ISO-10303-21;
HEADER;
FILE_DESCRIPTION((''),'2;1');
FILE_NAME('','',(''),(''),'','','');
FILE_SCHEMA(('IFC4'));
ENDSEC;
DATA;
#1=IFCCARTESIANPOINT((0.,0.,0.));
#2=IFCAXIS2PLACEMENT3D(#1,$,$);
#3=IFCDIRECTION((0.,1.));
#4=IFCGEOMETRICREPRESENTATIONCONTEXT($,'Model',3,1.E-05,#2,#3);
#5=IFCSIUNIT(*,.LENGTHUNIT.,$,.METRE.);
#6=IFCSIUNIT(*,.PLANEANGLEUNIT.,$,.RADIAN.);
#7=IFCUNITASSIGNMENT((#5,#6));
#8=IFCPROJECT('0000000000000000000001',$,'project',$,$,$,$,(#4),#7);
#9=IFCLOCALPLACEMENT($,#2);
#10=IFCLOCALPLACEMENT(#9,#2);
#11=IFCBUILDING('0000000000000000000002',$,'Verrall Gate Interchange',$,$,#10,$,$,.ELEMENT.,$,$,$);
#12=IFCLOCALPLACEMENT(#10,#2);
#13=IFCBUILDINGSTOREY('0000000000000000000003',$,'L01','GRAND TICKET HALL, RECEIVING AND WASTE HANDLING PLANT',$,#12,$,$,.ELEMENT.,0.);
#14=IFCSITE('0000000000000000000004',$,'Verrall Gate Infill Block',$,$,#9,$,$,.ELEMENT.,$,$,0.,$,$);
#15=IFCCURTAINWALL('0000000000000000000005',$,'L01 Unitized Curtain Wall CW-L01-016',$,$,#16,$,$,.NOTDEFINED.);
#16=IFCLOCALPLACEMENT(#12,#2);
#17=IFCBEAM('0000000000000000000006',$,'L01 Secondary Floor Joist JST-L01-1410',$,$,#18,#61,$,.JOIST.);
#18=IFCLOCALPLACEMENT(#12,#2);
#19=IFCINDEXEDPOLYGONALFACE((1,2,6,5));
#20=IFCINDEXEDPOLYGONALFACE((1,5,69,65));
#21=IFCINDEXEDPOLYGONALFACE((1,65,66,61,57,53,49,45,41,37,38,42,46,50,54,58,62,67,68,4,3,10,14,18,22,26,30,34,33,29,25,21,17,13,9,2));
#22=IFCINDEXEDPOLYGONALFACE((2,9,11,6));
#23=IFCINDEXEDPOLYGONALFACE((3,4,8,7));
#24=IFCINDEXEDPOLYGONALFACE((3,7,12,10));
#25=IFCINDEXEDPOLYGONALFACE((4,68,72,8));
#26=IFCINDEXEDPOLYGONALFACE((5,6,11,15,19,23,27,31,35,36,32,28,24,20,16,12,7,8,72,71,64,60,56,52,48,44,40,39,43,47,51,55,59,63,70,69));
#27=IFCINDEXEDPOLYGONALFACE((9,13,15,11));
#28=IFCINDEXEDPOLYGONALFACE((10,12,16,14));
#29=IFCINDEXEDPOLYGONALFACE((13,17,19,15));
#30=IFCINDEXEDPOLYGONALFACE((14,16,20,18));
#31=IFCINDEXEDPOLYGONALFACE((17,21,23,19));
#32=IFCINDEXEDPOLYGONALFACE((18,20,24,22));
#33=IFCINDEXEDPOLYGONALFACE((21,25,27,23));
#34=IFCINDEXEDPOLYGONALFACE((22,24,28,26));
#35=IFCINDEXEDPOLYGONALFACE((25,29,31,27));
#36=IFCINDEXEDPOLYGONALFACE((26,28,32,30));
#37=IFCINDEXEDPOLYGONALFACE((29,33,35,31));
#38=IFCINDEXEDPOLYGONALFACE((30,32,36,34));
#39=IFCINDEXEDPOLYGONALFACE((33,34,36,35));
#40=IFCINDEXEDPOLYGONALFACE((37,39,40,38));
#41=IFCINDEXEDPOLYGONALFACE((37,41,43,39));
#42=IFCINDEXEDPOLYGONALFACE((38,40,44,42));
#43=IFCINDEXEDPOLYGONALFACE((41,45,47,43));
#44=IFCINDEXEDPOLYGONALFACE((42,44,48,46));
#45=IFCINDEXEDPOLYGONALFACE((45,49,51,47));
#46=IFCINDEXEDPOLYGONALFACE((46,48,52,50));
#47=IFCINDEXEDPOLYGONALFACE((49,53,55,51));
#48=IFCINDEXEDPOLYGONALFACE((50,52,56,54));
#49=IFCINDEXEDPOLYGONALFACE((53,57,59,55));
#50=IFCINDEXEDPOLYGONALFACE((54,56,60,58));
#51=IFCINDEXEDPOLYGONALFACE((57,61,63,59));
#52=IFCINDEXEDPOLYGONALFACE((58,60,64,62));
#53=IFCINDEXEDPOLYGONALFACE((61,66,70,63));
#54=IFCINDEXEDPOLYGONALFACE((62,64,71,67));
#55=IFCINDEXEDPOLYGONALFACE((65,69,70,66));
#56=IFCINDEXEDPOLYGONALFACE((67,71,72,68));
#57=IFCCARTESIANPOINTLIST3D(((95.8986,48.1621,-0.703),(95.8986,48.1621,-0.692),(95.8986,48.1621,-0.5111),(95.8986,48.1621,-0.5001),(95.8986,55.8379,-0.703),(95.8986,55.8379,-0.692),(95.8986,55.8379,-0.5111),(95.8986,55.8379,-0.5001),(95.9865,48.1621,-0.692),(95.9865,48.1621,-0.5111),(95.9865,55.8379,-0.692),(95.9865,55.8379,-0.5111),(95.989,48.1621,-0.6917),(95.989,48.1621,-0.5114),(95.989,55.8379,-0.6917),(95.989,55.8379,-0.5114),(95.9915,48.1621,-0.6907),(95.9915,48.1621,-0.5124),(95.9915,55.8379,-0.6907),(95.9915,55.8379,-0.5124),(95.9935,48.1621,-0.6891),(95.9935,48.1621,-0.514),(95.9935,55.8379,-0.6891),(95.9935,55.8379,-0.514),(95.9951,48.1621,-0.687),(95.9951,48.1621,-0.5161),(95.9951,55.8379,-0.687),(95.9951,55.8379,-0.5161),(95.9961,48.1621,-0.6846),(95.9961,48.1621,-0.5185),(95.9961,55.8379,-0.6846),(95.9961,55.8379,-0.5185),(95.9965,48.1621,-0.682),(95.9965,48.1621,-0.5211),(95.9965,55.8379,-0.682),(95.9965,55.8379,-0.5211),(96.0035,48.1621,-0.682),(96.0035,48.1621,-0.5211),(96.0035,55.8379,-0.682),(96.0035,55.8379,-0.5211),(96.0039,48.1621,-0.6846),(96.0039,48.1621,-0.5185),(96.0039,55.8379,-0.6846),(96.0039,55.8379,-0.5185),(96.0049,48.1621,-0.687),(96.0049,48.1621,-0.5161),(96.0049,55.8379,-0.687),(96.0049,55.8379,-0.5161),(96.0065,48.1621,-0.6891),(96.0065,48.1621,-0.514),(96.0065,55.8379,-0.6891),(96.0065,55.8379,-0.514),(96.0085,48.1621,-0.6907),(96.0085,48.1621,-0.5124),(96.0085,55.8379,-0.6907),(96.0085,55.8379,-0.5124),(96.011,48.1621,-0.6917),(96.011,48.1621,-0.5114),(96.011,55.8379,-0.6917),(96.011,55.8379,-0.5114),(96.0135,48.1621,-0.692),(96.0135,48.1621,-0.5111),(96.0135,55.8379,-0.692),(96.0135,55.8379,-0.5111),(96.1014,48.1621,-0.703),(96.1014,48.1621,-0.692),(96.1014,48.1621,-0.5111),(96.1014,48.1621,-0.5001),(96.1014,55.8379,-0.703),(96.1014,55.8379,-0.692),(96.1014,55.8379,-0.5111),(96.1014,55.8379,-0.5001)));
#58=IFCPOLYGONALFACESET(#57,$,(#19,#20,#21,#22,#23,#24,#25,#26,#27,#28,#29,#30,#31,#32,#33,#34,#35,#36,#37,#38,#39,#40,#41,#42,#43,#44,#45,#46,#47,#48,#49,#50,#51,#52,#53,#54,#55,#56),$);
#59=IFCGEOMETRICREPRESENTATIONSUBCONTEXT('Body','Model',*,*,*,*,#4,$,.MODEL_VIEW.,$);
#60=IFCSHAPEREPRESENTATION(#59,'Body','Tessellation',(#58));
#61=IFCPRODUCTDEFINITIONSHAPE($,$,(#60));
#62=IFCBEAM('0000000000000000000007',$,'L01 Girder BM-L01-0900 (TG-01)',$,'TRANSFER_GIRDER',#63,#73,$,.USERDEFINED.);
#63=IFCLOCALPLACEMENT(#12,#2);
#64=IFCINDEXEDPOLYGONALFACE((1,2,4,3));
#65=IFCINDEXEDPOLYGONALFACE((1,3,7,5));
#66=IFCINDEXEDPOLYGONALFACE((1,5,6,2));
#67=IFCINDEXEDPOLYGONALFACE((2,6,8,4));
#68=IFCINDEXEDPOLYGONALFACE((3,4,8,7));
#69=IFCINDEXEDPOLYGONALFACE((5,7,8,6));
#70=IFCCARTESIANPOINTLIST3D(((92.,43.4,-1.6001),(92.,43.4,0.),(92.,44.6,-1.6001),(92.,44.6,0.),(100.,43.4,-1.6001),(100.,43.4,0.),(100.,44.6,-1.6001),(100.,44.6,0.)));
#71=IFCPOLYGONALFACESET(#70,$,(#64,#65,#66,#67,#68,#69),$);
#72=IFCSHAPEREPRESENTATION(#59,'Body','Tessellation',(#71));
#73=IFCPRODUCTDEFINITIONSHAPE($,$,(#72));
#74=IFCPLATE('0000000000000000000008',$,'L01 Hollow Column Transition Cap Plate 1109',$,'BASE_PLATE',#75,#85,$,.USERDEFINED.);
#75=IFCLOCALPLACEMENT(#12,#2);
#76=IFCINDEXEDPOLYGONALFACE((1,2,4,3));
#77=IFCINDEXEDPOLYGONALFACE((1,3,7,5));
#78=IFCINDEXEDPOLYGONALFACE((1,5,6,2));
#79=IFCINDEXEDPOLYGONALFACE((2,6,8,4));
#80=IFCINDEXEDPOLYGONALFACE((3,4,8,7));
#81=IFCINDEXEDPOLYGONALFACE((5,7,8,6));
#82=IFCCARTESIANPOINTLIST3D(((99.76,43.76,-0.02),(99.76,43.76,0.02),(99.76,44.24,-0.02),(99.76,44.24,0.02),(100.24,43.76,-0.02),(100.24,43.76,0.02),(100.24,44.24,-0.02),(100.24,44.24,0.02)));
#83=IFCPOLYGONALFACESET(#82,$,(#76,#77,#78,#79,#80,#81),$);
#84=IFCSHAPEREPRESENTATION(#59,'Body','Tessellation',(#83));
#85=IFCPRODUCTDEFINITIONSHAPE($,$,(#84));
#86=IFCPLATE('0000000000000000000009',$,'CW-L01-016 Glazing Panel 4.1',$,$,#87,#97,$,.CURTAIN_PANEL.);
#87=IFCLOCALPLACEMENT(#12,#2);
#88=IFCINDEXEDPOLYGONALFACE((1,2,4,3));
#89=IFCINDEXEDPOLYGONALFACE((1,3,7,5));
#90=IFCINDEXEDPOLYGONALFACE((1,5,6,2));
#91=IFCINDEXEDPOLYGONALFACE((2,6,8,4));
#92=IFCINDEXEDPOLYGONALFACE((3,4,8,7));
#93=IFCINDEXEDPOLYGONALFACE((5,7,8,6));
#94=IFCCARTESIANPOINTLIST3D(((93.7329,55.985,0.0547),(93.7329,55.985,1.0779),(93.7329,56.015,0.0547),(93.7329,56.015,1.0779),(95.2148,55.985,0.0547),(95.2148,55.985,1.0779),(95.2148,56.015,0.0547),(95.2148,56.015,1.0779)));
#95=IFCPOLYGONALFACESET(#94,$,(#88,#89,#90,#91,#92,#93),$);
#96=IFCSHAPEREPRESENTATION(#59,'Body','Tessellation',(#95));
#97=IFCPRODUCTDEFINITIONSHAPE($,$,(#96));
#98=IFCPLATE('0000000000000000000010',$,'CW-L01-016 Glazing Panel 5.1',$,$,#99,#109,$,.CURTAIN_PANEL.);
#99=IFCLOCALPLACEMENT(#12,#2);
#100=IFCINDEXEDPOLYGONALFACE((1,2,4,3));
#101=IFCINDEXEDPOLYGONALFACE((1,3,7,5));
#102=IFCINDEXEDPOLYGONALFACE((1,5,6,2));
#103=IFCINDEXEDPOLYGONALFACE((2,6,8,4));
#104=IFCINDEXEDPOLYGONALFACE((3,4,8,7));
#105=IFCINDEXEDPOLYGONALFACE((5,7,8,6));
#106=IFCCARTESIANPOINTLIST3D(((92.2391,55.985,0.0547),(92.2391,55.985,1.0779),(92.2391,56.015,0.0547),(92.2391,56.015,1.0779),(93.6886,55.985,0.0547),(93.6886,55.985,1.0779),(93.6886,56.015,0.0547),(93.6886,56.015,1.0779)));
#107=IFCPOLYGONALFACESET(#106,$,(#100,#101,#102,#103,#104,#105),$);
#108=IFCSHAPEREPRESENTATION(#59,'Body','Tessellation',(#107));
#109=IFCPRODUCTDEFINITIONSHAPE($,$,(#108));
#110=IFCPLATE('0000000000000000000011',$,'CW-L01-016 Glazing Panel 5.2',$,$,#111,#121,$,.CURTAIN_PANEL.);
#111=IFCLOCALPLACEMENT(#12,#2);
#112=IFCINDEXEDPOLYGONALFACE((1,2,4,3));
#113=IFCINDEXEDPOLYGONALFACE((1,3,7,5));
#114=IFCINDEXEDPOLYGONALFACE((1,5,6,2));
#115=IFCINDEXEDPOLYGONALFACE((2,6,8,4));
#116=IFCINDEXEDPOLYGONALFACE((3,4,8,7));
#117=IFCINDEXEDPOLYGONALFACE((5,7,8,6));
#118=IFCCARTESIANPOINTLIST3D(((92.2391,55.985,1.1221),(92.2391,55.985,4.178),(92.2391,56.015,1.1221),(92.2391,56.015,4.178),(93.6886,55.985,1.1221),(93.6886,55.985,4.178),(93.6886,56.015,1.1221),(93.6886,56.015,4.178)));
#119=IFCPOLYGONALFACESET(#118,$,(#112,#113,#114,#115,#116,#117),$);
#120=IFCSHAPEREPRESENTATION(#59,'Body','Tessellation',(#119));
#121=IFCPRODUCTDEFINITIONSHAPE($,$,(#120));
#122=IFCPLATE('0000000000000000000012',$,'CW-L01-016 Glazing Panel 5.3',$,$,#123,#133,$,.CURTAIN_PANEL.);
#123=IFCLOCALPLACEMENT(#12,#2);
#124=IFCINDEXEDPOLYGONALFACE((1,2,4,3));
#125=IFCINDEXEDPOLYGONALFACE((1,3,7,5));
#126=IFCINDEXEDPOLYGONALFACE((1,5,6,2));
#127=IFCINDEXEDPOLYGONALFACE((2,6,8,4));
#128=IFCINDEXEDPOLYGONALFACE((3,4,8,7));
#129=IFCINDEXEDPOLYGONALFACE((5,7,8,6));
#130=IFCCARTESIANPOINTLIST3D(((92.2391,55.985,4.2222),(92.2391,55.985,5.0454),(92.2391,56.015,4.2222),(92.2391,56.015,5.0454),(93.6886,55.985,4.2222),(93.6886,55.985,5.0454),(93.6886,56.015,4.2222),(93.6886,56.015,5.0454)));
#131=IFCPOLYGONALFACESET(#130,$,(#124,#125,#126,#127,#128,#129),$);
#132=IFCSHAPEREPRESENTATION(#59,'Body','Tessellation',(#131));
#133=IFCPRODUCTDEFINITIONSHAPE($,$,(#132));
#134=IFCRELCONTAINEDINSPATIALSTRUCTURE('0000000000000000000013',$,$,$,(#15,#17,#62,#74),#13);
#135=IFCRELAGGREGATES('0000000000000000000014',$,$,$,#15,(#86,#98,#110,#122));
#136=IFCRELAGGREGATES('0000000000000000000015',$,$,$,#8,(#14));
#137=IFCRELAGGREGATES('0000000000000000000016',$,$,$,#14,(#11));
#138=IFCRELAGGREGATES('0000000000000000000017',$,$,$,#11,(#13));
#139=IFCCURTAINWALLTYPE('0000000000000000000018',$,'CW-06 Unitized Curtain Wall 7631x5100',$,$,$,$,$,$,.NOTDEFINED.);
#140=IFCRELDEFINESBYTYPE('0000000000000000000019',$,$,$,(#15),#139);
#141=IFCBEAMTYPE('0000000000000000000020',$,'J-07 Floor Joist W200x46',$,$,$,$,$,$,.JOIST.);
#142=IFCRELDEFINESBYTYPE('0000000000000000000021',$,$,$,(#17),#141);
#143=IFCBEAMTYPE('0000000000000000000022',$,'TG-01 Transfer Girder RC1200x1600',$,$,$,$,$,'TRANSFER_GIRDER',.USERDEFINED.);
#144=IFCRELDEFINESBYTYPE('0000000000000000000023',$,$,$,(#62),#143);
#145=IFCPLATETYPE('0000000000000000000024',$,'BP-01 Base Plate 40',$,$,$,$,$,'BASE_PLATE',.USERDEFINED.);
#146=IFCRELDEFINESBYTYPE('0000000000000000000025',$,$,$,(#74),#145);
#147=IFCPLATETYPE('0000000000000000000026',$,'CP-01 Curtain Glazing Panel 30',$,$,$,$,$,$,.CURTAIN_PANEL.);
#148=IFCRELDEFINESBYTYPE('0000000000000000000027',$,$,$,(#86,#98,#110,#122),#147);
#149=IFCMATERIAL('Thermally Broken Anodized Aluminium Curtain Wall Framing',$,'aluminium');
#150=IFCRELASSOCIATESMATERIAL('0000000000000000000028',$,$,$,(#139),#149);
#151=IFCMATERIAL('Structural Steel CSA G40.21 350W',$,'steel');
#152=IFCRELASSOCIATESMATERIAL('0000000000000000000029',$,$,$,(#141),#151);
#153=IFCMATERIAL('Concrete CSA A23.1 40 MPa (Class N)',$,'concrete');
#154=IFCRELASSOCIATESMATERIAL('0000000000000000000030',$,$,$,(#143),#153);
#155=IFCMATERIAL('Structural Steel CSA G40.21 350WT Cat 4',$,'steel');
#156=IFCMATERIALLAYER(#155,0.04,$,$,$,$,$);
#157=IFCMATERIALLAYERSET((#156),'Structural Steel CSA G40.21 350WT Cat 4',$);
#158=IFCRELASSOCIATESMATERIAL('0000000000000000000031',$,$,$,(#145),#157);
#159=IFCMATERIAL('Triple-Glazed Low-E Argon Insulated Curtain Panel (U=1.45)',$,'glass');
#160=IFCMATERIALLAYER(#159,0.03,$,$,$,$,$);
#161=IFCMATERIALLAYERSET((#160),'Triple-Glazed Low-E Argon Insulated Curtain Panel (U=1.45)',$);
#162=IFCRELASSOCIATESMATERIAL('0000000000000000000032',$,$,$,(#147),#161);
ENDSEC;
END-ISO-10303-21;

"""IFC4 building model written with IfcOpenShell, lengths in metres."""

from ifc_helpers import new_model, si_unit, direction, frame, origin, origin_2d, place, context, subcontext, project, spatial, rectangle, i_section, extrude, material, layer, layer_set, material_profile, profile_set, type_object, element, aggregate, save


model = new_model("IFC4")

# Units and contexts
model_context = context("Model", 3, precision=1e-05, world=origin(), true_north=direction((0.0, 1.0)))
body_context = subcontext(model_context, "Body", "Model", "MODEL_VIEW")
ifc_project = project(units=[si_unit("LENGTHUNIT", "METRE"), si_unit("PLANEANGLEUNIT", "RADIAN")], contexts=[model_context])

# Site, building, storey
site_placement = place(None, origin())
site = spatial("IfcSite", under=ifc_project, at=site_placement, Name="Verrall Gate Infill Block", CompositionType="ELEMENT", RefElevation=0.0)
building_placement = place(site_placement, origin())
building = spatial("IfcBuilding", under=site, at=building_placement, Name="Verrall Gate Interchange", CompositionType="ELEMENT")
storey_placement = place(building_placement, origin())
storey = spatial("IfcBuildingStorey", under=building, at=storey_placement, Name="L01", Description="GRAND TICKET HALL, RECEIVING AND WASTE HANDLING PLANT", CompositionType="ELEMENT", Elevation=0.0)

# Curtain wall
ifc_material_1 = material(Name="Thermally Broken Anodized Aluminium Curtain Wall Framing", Category="aluminium")
curtain_wall_type = type_object("IfcCurtainWallType", Name="CW-06 Unitized Curtain Wall 7631x5100", PredefinedType="NOTDEFINED", material=ifc_material_1)
curtain_wall_placement = place(storey_placement, origin())
curtain_wall = element("IfcCurtainWall", 1, at=curtain_wall_placement, inside=storey, type_object=curtain_wall_type, Name="L01 Unitized Curtain Wall CW-L01-016", PredefinedType="NOTDEFINED")

# Beams
ifc_material_2 = material(Name="Structural Steel CSA G40.21 350W", Category="steel")
ifc_material_profile_1 = material_profile(ifc_material_2, i_section(OverallWidth=0.2029, OverallDepth=0.2029, WebThickness=0.0071, FlangeThickness=0.011, FilletRadius=0.01, at=origin_2d()), Name="W200x46")
ifc_profile_set_1 = profile_set([ifc_material_profile_1], Name="Structural Steel CSA G40.21 350W")
beam_type_1 = type_object("IfcBeamType", Name="J-07 Floor Joist W200x46", PredefinedType="JOIST", material=ifc_profile_set_1)
beam_1_placement = place(storey_placement, frame((96.0, 48.1621, -0.6016), z_axis=(0.0, 1.0, 0.0), x_axis=(-1.0, 0.0, 0.0)))
element("IfcBeam", 2, at=beam_1_placement, inside=storey, type_object=beam_type_1, Name="L01 Secondary Floor Joist JST-L01-1410", PredefinedType="JOIST", context=body_context, shape_type="SweptSolid", body=[
    extrude(i_section(OverallWidth=0.2029, OverallDepth=0.2029, WebThickness=0.0071, FlangeThickness=0.011, FilletRadius=0.01, at=origin_2d()), origin(), (0.0, 0.0, 1.0), 7.6758),
])
ifc_material_3 = material(Name="Concrete CSA A23.1 40 MPa (Class N)", Category="concrete")
ifc_material_profile_2 = material_profile(ifc_material_3, rectangle(XDim=1.2, YDim=1.6001, at=origin_2d()), Name="RC1200x1600")
ifc_profile_set_2 = profile_set([ifc_material_profile_2], Name="Concrete CSA A23.1 40 MPa (Class N)")
beam_type_2 = type_object("IfcBeamType", Name="TG-01 Transfer Girder RC1200x1600", ElementType="TRANSFER_GIRDER", PredefinedType="USERDEFINED", material=ifc_profile_set_2)
beam_2_placement = place(storey_placement, frame((92.0, 44.0, -0.8), z_axis=(1.0, 0.0, 0.0), x_axis=(0.0, 1.0, 0.0)))
element("IfcBeam", 3, at=beam_2_placement, inside=storey, type_object=beam_type_2, Name="L01 Girder BM-L01-0900 (TG-01)", ObjectType="TRANSFER_GIRDER", PredefinedType="USERDEFINED", context=body_context, shape_type="SweptSolid", body=[
    extrude(rectangle(XDim=1.2, YDim=1.6001, at=origin_2d()), origin(), (0.0, 0.0, 1.0), 8.0),
])

# Plates
ifc_material_4 = material(Name="Structural Steel CSA G40.21 350WT Cat 4", Category="steel")
ifc_layer_1 = layer(ifc_material_4, 0.04)
ifc_layer_set_1 = layer_set([ifc_layer_1], Name="Structural Steel CSA G40.21 350WT Cat 4")
plate_type_1 = type_object("IfcPlateType", Name="BP-01 Base Plate 40", ElementType="BASE_PLATE", PredefinedType="USERDEFINED", material=ifc_layer_set_1)
plate_1_placement = place(storey_placement, frame((100.0, 44.0, -0.02), z_axis=(0.0, 0.0, 1.0), x_axis=(1.0, 0.0, 0.0)))
element("IfcPlate", 4, at=plate_1_placement, inside=storey, type_object=plate_type_1, Name="L01 Hollow Column Transition Cap Plate 1109", ObjectType="BASE_PLATE", PredefinedType="USERDEFINED", context=body_context, shape_type="SweptSolid", body=[
    extrude(rectangle(XDim=0.48, YDim=0.48, at=origin_2d()), origin(), (0.0, 0.0, 1.0), 0.04),
])
ifc_material_5 = material(Name="Triple-Glazed Low-E Argon Insulated Curtain Panel (U=1.45)", Category="glass")
ifc_layer_2 = layer(ifc_material_5, 0.03)
ifc_layer_set_2 = layer_set([ifc_layer_2], Name="Triple-Glazed Low-E Argon Insulated Curtain Panel (U=1.45)")
plate_type_2 = type_object("IfcPlateType", Name="CP-01 Curtain Glazing Panel 30", PredefinedType="CURTAIN_PANEL", material=ifc_layer_set_2)
plate_2_placement = place(storey_placement, frame((94.4739, 56.0, 0.0547), z_axis=(0.0, 0.0, 1.0), x_axis=(-1.0, 0.0, 0.0)))
plate_2 = element("IfcPlate", 5, at=plate_2_placement, type_object=plate_type_2, Name="CW-L01-016 Glazing Panel 4.1", PredefinedType="CURTAIN_PANEL", context=body_context, shape_type="SweptSolid", body=[
    extrude(rectangle(XDim=1.4819, YDim=0.03, at=origin_2d()), origin(), (0.0, 0.0, 1.0), 1.0232),
])
plate_3_placement = place(storey_placement, frame((92.9639, 56.0, 0.0547), z_axis=(0.0, 0.0, 1.0), x_axis=(-1.0, 0.0, 0.0)))
plate_3 = element("IfcPlate", 6, at=plate_3_placement, type_object=plate_type_2, Name="CW-L01-016 Glazing Panel 5.1", PredefinedType="CURTAIN_PANEL", context=body_context, shape_type="SweptSolid", body=[
    extrude(rectangle(XDim=1.4495, YDim=0.03, at=origin_2d()), origin(), (0.0, 0.0, 1.0), 1.0232),
])
plate_4_placement = place(storey_placement, frame((92.9639, 56.0, 1.1221), z_axis=(0.0, 0.0, 1.0), x_axis=(-1.0, 0.0, 0.0)))
plate_4 = element("IfcPlate", 7, at=plate_4_placement, type_object=plate_type_2, Name="CW-L01-016 Glazing Panel 5.2", PredefinedType="CURTAIN_PANEL", context=body_context, shape_type="SweptSolid", body=[
    extrude(rectangle(XDim=1.4495, YDim=0.03, at=origin_2d()), origin(), (0.0, 0.0, 1.0), 3.0559),
])
plate_5_placement = place(storey_placement, frame((92.9639, 56.0, 4.2222), z_axis=(0.0, 0.0, 1.0), x_axis=(-1.0, 0.0, 0.0)))
plate_5 = element("IfcPlate", 8, at=plate_5_placement, type_object=plate_type_2, Name="CW-L01-016 Glazing Panel 5.3", PredefinedType="CURTAIN_PANEL", context=body_context, shape_type="SweptSolid", body=[
    extrude(rectangle(XDim=1.4495, YDim=0.03, at=origin_2d()), origin(), (0.0, 0.0, 1.0), 0.8232),
])
aggregate(curtain_wall, [plate_2, plate_3, plate_4, plate_5])

save(model, "model.ifc")
